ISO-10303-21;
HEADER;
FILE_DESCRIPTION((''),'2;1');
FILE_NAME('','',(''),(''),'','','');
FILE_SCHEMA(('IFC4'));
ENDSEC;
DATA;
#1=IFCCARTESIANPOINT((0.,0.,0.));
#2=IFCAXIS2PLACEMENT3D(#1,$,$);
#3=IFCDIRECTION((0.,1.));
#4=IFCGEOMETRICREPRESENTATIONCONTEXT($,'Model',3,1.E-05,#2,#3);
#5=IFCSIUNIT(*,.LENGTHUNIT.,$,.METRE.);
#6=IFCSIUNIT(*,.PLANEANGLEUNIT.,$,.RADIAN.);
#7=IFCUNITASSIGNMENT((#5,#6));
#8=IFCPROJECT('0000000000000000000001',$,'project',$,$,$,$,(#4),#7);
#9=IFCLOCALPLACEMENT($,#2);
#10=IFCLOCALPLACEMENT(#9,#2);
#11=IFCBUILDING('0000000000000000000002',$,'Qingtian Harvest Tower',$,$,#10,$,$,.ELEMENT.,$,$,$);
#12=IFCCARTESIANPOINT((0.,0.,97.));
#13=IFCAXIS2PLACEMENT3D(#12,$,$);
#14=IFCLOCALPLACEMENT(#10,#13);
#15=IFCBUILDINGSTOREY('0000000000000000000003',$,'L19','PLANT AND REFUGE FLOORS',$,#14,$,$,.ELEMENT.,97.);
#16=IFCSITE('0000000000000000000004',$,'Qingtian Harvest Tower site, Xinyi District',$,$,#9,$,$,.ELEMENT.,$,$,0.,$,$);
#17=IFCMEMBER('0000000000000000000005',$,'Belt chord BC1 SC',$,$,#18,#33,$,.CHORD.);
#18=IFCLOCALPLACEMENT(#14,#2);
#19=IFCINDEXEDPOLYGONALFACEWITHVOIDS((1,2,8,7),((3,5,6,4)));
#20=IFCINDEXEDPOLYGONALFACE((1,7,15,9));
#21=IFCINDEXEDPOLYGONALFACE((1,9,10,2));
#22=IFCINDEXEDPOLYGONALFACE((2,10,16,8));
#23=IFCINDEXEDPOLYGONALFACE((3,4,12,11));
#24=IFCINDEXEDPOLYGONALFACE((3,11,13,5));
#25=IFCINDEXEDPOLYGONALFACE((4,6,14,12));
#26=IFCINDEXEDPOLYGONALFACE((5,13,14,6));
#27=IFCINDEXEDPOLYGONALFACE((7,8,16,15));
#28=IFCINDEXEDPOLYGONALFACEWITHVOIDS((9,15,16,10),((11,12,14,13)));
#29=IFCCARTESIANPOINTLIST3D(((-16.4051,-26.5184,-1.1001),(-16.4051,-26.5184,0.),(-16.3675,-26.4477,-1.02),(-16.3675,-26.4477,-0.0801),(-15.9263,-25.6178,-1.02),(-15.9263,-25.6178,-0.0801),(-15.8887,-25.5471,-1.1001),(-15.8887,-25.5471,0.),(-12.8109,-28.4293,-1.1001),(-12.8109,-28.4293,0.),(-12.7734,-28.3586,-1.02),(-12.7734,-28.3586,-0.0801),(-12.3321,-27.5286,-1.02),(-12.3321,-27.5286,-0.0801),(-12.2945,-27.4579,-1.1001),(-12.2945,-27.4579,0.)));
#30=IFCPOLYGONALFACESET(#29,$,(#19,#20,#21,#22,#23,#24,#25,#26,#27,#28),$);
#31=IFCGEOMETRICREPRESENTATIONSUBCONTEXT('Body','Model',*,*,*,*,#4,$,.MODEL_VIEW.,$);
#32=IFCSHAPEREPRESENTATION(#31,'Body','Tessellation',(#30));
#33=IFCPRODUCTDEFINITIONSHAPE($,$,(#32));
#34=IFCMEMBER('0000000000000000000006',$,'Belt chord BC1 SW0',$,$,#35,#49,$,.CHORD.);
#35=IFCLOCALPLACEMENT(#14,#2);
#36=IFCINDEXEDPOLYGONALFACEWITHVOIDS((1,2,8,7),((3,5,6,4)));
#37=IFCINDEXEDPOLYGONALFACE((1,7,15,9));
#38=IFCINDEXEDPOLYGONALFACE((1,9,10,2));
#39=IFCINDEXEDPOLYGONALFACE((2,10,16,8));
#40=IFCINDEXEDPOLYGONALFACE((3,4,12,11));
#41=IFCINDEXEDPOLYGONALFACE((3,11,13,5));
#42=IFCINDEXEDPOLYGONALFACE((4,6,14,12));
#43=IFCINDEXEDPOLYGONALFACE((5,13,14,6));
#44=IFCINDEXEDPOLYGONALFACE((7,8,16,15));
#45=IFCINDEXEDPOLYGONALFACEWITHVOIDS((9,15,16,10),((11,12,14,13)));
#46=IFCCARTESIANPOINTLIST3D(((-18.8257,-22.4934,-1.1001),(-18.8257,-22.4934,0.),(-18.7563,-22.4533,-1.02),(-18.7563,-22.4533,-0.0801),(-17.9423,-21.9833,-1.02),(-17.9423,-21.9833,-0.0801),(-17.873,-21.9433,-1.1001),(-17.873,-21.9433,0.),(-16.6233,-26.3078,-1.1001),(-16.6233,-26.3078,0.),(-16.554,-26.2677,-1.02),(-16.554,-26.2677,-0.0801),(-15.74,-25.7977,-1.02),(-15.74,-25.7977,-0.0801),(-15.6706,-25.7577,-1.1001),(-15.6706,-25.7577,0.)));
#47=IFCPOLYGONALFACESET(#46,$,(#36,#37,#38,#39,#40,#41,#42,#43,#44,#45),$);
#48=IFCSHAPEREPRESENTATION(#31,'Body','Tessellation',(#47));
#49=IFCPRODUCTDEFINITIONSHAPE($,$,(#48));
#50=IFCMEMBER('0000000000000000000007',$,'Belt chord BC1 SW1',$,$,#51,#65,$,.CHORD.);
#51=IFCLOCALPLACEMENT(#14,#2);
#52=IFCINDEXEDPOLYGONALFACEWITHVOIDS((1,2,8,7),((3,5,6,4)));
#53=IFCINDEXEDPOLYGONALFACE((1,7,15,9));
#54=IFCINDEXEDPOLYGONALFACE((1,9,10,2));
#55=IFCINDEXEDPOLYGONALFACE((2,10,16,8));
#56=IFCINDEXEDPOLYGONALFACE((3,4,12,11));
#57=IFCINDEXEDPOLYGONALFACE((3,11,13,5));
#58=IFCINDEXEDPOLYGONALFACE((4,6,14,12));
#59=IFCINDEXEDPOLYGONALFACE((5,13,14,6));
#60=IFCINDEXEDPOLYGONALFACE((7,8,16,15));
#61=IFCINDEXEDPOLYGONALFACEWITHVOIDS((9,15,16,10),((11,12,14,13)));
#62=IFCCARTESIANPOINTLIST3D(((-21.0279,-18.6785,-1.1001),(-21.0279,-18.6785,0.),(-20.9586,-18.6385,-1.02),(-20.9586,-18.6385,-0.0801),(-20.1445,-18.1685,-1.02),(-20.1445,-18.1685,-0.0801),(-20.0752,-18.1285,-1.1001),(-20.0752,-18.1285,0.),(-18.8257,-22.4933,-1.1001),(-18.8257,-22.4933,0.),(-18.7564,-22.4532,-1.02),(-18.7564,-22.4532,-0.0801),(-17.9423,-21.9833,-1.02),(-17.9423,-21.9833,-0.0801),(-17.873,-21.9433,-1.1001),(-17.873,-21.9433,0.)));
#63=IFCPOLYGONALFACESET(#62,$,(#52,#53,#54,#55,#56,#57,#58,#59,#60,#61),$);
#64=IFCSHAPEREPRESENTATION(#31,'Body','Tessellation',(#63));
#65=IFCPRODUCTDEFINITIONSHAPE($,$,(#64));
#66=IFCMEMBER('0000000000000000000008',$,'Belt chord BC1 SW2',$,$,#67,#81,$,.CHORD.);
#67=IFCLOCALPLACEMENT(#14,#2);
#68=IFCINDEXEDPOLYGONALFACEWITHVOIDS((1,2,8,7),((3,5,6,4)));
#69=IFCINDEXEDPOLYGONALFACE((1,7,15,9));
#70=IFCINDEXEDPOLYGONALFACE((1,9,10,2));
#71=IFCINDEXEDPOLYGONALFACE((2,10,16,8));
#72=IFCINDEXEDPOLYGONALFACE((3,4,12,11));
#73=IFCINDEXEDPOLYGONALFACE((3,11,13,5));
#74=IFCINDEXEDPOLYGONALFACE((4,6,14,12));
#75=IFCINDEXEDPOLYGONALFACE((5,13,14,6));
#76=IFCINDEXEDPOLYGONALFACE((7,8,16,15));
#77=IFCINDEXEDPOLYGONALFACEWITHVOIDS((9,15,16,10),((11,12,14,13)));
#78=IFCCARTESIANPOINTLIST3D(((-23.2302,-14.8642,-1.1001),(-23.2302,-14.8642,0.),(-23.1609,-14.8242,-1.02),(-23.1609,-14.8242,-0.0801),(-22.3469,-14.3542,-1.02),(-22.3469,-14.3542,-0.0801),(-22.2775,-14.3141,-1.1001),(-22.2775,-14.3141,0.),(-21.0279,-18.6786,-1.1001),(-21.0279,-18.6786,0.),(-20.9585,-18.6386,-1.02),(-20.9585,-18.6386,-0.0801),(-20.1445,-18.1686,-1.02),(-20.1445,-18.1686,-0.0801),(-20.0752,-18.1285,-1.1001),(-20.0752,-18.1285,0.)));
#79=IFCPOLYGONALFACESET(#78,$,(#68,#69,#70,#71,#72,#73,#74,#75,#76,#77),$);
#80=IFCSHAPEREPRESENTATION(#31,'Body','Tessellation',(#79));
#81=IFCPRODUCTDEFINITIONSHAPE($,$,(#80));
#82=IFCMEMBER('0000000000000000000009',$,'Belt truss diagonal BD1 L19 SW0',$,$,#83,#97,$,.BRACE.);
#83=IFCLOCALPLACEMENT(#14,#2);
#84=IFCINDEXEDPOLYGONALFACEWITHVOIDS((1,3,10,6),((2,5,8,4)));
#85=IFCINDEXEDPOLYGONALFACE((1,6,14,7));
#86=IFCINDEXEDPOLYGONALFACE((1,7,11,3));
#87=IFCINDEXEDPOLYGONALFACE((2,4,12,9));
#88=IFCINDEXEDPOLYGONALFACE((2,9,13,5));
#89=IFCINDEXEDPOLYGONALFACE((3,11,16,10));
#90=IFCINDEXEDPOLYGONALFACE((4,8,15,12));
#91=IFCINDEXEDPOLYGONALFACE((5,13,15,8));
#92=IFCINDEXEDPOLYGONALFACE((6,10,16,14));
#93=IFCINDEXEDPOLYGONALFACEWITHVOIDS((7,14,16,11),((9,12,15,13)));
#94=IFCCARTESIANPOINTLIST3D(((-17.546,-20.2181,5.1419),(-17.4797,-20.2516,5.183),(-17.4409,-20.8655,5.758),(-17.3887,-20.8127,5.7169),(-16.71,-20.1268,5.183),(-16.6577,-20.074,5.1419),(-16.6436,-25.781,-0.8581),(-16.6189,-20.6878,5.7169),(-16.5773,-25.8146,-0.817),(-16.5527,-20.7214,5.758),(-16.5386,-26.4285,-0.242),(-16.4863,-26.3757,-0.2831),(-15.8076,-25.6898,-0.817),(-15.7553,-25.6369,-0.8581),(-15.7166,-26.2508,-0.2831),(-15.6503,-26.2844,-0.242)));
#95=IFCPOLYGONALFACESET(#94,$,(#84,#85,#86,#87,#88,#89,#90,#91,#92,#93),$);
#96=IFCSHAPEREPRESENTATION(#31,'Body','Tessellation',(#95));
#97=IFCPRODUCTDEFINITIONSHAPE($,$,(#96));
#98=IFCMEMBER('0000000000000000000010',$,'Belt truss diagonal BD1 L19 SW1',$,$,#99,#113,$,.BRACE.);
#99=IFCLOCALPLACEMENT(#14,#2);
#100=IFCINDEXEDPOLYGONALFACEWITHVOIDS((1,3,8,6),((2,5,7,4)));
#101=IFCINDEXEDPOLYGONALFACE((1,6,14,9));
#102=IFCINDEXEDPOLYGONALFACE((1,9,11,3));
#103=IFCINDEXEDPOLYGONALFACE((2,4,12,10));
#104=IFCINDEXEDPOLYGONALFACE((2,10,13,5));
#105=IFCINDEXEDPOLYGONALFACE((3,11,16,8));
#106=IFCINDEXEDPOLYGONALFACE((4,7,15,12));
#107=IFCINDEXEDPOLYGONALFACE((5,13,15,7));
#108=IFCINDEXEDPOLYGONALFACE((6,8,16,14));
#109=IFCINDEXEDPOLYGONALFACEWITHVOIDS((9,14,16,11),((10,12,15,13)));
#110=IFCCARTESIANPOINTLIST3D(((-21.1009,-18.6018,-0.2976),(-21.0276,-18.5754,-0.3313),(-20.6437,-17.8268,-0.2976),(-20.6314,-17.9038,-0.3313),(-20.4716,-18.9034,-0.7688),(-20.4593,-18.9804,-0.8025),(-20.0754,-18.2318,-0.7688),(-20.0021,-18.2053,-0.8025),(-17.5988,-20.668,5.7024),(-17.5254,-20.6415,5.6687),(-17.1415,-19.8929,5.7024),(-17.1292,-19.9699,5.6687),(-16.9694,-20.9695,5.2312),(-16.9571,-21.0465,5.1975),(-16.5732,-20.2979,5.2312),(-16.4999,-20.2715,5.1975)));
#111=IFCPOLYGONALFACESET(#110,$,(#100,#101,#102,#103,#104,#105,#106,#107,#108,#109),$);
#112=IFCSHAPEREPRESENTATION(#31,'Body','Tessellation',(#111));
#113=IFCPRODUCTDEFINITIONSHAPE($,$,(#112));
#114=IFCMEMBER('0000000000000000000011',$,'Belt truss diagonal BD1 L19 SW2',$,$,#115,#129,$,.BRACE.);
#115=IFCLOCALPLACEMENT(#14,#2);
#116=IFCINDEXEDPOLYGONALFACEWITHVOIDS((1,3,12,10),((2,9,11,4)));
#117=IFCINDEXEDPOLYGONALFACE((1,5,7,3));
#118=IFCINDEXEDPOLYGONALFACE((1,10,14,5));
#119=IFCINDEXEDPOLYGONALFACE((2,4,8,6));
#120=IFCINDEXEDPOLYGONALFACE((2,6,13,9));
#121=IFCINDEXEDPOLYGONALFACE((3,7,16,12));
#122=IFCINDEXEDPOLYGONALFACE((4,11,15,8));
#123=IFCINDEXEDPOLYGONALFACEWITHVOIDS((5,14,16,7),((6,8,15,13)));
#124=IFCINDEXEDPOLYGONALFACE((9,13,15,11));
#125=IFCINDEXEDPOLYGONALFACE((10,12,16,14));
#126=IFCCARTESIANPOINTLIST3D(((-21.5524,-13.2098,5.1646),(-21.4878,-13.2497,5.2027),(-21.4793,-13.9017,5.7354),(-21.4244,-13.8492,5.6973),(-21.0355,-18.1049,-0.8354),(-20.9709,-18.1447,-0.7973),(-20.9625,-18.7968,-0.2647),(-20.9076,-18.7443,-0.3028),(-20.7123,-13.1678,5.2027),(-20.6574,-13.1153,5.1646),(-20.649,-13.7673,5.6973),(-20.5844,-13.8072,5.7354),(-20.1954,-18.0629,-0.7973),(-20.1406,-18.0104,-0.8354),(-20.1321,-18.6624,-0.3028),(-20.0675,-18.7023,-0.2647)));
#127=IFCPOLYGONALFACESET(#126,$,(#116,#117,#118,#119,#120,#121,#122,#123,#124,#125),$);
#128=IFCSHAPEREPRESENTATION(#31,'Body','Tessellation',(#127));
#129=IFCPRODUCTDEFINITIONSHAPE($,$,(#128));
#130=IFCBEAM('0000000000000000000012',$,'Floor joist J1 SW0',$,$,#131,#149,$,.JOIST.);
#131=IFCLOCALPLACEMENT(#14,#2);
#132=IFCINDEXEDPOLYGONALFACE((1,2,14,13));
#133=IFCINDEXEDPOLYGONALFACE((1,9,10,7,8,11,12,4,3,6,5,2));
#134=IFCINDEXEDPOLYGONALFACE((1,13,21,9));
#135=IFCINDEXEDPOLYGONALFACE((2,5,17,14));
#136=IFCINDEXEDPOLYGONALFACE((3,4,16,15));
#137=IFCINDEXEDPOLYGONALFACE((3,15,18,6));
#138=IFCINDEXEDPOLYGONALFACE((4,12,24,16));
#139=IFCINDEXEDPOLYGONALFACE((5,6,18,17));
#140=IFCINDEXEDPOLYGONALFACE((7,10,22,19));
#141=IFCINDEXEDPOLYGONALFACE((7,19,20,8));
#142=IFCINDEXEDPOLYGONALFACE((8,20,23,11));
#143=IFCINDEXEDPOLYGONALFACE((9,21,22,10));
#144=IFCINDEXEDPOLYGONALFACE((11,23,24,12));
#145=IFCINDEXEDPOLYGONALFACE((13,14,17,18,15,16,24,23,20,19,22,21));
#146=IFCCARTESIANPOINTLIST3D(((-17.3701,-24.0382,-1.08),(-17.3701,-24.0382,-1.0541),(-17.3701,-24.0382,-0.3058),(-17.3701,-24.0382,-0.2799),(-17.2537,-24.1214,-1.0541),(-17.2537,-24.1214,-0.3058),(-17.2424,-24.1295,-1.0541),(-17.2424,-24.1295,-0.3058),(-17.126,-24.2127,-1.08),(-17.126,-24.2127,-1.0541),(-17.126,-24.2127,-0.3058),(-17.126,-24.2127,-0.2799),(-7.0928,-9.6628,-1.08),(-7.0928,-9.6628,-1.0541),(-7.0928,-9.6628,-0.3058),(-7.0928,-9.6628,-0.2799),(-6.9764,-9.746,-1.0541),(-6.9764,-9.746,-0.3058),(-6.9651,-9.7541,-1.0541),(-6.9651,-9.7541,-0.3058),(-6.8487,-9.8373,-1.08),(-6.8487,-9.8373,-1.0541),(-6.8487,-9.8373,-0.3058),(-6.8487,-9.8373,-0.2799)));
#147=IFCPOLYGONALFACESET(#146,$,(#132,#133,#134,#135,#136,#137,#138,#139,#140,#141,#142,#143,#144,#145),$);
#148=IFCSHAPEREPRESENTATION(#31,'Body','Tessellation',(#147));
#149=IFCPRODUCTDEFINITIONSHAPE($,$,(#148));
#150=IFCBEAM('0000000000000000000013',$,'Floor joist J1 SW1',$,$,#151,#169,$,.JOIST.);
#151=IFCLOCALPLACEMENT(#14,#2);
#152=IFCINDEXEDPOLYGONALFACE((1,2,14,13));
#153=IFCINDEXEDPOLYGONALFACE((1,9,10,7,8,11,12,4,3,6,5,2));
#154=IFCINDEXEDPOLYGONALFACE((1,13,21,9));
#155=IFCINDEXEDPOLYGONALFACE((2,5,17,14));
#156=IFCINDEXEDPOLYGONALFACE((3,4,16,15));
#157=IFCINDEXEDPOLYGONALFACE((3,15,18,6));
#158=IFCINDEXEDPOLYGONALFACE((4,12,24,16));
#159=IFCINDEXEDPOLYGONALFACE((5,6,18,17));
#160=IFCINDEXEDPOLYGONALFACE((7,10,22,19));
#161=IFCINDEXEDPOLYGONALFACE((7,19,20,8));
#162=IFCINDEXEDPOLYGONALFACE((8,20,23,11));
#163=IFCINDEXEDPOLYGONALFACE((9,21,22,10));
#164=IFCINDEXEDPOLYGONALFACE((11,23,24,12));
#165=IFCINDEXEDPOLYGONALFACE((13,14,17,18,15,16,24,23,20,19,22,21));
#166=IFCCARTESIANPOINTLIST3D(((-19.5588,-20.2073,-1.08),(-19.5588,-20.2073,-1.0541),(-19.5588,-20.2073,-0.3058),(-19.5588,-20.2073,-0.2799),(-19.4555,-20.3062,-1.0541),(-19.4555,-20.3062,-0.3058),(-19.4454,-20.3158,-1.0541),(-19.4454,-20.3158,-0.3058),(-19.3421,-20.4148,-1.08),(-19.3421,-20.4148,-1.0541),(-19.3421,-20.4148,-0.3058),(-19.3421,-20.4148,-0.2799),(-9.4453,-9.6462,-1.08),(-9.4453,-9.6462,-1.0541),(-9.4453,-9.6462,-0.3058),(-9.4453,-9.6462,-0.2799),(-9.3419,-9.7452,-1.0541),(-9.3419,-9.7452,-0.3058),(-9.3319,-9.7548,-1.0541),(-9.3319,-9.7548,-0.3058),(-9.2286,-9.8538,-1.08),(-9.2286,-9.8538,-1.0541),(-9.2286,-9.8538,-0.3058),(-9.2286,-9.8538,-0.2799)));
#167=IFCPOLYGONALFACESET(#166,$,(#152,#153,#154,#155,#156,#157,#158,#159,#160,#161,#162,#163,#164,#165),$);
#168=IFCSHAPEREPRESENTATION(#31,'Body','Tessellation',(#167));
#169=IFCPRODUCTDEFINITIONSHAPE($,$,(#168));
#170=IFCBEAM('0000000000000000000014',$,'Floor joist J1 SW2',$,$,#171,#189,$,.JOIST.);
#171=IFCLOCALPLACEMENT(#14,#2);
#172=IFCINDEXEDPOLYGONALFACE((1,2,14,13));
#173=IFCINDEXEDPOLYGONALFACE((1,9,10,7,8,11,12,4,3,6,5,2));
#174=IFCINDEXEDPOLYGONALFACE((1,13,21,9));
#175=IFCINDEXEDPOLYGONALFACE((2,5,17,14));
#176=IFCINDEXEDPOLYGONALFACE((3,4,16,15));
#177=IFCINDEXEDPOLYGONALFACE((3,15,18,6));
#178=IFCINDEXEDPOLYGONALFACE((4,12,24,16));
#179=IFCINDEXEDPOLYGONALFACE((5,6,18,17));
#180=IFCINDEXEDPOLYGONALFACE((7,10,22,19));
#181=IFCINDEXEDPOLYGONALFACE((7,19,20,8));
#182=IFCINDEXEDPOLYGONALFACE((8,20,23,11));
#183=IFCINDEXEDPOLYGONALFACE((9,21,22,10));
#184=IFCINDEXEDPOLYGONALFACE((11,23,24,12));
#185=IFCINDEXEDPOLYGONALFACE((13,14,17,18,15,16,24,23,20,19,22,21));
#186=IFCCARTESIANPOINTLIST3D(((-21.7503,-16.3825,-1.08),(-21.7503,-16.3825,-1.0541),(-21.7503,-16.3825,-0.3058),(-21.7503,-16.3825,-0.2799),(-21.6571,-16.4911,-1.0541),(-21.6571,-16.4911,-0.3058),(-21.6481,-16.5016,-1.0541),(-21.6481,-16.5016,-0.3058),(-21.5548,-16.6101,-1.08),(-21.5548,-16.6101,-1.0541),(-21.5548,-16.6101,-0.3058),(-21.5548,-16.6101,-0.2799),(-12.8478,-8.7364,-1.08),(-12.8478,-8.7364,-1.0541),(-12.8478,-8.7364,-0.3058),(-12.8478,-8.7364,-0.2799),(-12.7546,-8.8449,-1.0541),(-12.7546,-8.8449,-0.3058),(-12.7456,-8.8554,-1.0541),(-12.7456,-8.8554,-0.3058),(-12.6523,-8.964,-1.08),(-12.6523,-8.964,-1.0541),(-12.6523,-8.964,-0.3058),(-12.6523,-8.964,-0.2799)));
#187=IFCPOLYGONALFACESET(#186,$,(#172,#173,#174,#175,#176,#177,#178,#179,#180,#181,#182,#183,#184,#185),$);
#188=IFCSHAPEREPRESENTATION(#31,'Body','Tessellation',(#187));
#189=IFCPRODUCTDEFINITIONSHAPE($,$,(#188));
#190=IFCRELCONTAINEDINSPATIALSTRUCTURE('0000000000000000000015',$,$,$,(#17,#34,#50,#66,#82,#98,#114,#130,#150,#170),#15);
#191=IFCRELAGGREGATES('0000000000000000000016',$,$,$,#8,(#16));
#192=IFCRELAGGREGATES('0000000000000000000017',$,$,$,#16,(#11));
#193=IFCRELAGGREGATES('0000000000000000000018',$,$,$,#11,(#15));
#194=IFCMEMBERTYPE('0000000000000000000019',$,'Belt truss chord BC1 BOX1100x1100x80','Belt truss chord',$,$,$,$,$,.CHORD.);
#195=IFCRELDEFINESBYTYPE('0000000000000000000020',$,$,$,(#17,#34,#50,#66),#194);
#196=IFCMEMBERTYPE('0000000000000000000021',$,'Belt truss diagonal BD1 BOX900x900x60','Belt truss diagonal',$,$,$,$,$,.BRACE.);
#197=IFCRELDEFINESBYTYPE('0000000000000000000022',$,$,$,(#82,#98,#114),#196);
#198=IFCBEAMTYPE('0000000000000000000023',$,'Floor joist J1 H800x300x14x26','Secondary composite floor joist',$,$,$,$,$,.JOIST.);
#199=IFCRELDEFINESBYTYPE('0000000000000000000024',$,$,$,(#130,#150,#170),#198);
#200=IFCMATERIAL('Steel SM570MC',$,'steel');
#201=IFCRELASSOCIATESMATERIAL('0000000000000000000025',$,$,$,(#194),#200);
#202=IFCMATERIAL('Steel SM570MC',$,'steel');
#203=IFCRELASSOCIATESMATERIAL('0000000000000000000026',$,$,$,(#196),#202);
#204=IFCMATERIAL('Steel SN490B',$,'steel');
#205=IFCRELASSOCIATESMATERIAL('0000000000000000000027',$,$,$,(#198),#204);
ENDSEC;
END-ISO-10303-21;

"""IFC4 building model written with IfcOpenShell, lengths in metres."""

from ifc_helpers import new_model, si_unit, direction, frame, origin, origin_2d, place, context, subcontext, project, spatial, hollow_rectangle, i_section, extrude, material, material_profile, profile_set, type_object, element, save


model = new_model("IFC4")

# Units and contexts
model_context = context("Model", 3, precision=1e-05, world=origin(), true_north=direction((0.0, 1.0)))
body_context = subcontext(model_context, "Body", "Model", "MODEL_VIEW")
ifc_project = project(units=[si_unit("LENGTHUNIT", "METRE"), si_unit("PLANEANGLEUNIT", "RADIAN")], contexts=[model_context])

# Site, building, storey
site_placement = place(None, origin())
site = spatial("IfcSite", under=ifc_project, at=site_placement, Name="Qingtian Harvest Tower site, Xinyi District", CompositionType="ELEMENT", RefElevation=0.0)
building_placement = place(site_placement, origin())
building = spatial("IfcBuilding", under=site, at=building_placement, Name="Qingtian Harvest Tower", CompositionType="ELEMENT")
storey_placement = place(building_placement, frame((0.0, 0.0, 97.0)))
storey = spatial("IfcBuildingStorey", under=building, at=storey_placement, Name="L19", Description="PLANT AND REFUGE FLOORS", CompositionType="ELEMENT", Elevation=97.0)

# Members
ifc_material_1 = material(Name="Steel SM570MC", Category="steel")
ifc_material_profile_1 = material_profile(ifc_material_1, hollow_rectangle(XDim=1.1001, YDim=1.1001, WallThickness=0.0801, at=origin_2d()), Name="BOX1100x1100x80")
ifc_profile_set_1 = profile_set([ifc_material_profile_1], Name="Steel SM570MC")
member_type_1 = type_object("IfcMemberType", Name="Belt truss chord BC1 BOX1100x1100x80", Description="Belt truss chord", PredefinedType="CHORD", material=ifc_profile_set_1)
member_1_placement = place(storey_placement, frame((-12.5527, -27.9436, -0.55), z_axis=(-0.882968, 0.469433, 0.0), x_axis=(-0.469433, -0.882968, 0.0)))
element("IfcMember", 1, at=member_1_placement, inside=storey, type_object=member_type_1, Name="Belt chord BC1 SC", PredefinedType="CHORD", context=body_context, shape_type="SweptSolid", body=[
    extrude(hollow_rectangle(XDim=1.1001, YDim=1.1001, WallThickness=0.0801, at=origin_2d()), origin(), (0.0, 0.0, 1.0), 4.0706),
])
member_2_placement = place(storey_placement, frame((-16.147, -26.0327, -0.55), z_axis=(-0.50002, 0.866014, 0.0), x_axis=(-0.866014, -0.50002, 0.0)))
element("IfcMember", 2, at=member_2_placement, inside=storey, type_object=member_type_1, Name="Belt chord BC1 SW0", PredefinedType="CHORD", context=body_context, shape_type="SweptSolid", body=[
    extrude(hollow_rectangle(XDim=1.1001, YDim=1.1001, WallThickness=0.0801, at=origin_2d()), origin(), (0.0, 0.0, 1.0), 4.4045),
])
member_3_placement = place(storey_placement, frame((-18.3494, -22.2183, -0.55), z_axis=(-0.499954, 0.866052, 0.0), x_axis=(-0.866052, -0.499954, 0.0)))
element("IfcMember", 3, at=member_3_placement, inside=storey, type_object=member_type_1, Name="Belt chord BC1 SW1", PredefinedType="CHORD", context=body_context, shape_type="SweptSolid", body=[
    extrude(hollow_rectangle(XDim=1.1001, YDim=1.1001, WallThickness=0.0801, at=origin_2d()), origin(), (0.0, 0.0, 1.0), 4.4048),
])
member_4_placement = place(storey_placement, frame((-20.5515, -18.4036, -0.55), z_axis=(-0.50002, 0.866014, 0.0), x_axis=(-0.866014, -0.50002, 0.0)))
element("IfcMember", 4, at=member_4_placement, inside=storey, type_object=member_type_1, Name="Belt chord BC1 SW2", PredefinedType="CHORD", context=body_context, shape_type="SweptSolid", body=[
    extrude(hollow_rectangle(XDim=1.1001, YDim=1.1001, WallThickness=0.0801, at=origin_2d()), origin(), (0.0, 0.0, 1.0), 4.4045),
])
ifc_material_2 = material(Name="Steel SM570MC", Category="steel")
ifc_material_profile_2 = material_profile(ifc_material_2, hollow_rectangle(XDim=0.8999, YDim=0.8999, WallThickness=0.0601, at=origin_2d()), Name="BOX900x900x60")
ifc_profile_set_2 = profile_set([ifc_material_profile_2], Name="Steel SM570MC")
member_type_2 = type_object("IfcMemberType", Name="Belt truss diagonal BD1 BOX900x900x60", Description="Belt truss diagonal", PredefinedType="BRACE", material=ifc_profile_set_2)
member_5_placement = place(storey_placement, frame((-16.147, -26.0327, -0.55), z_axis=(-0.109618, 0.6758, 0.728889), x_axis=(-0.987099, -0.160112, 0.0)))
element("IfcMember", 5, at=member_5_placement, inside=storey, type_object=member_type_2, Name="Belt truss diagonal BD1 L19 SW0", PredefinedType="BRACE", context=body_context, shape_type="SweptSolid", body=[
    extrude(hollow_rectangle(XDim=0.8999, YDim=0.8999, WallThickness=0.0601, at=origin_2d()), origin(), (0.0, 0.0, 1.0), 8.2317),
])
member_6_placement = place(storey_placement, frame((-17.0493, -20.4697, 5.45), z_axis=(-0.483191, 0.285064, -0.827807), x_axis=(-0.508124, -0.861284, 0.0)))
element("IfcMember", 6, at=member_6_placement, inside=storey, type_object=member_type_2, Name="Belt truss diagonal BD1 L19 SW1", PredefinedType="BRACE", context=body_context, shape_type="SweptSolid", body=[
    extrude(hollow_rectangle(XDim=0.8999, YDim=0.8999, WallThickness=0.0601, at=origin_2d()), origin(), (0.0, 0.0, 1.0), 7.248),
])
member_7_placement = place(storey_placement, frame((-20.5515, -18.4036, -0.55), z_axis=(-0.066598, 0.630745, 0.773127), x_axis=(-0.994472, -0.105002, 0.0)))
element("IfcMember", 7, at=member_7_placement, inside=storey, type_object=member_type_2, Name="Belt truss diagonal BD1 L19 SW2", PredefinedType="BRACE", context=body_context, shape_type="SweptSolid", body=[
    extrude(hollow_rectangle(XDim=0.8999, YDim=0.8999, WallThickness=0.0601, at=origin_2d()), origin(), (0.0, 0.0, 1.0), 7.7607),
])

# Beams
ifc_material_3 = material(Name="Steel SN490B", Category="steel")
ifc_material_profile_3 = material_profile(ifc_material_3, i_section(OverallWidth=0.3, OverallDepth=0.8, WebThickness=0.0139, FlangeThickness=0.0259, at=origin_2d()), Name="H800x300x14x26")
ifc_profile_set_3 = profile_set([ifc_material_profile_3], Name="Steel SN490B")
beam_type_1 = type_object("IfcBeamType", Name="Floor joist J1 H800x300x14x26", Description="Secondary composite floor joist", PredefinedType="JOIST", material=ifc_profile_set_3)
beam_1_placement = place(storey_placement, frame((-17.248, -24.1255, -0.6799), z_axis=(0.581581, 0.813489, 0.0), x_axis=(-0.813489, 0.581581, 0.0)))
element("IfcBeam", 8, at=beam_1_placement, inside=storey, type_object=beam_type_1, Name="Floor joist J1 SW0", PredefinedType="JOIST", context=body_context, shape_type="SweptSolid", body=[
    extrude(i_section(OverallWidth=0.3, OverallDepth=0.8, WebThickness=0.0139, FlangeThickness=0.0259, at=origin_2d()), origin(), (0.0, 0.0, 1.0), 17.6714),
])
beam_2_placement = place(storey_placement, frame((-19.4504, -20.311, -0.6799), z_axis=(0.691639, 0.722243, 0.0), x_axis=(-0.722243, 0.691639, 0.0)))
element("IfcBeam", 9, at=beam_2_placement, inside=storey, type_object=beam_type_1, Name="Floor joist J1 SW1", PredefinedType="JOIST", context=body_context, shape_type="SweptSolid", body=[
    extrude(i_section(OverallWidth=0.3, OverallDepth=0.8, WebThickness=0.0139, FlangeThickness=0.0259, at=origin_2d()), origin(), (0.0, 0.0, 1.0), 14.6226),
])
beam_3_placement = place(storey_placement, frame((-21.6526, -16.4963, -0.6799), z_axis=(0.758606, 0.65155, 0.0), x_axis=(-0.65155, 0.758606, 0.0)))
element("IfcBeam", 10, at=beam_3_placement, inside=storey, type_object=beam_type_1, Name="Floor joist J1 SW2", PredefinedType="JOIST", context=body_context, shape_type="SweptSolid", body=[
    extrude(i_section(OverallWidth=0.3, OverallDepth=0.8, WebThickness=0.0139, FlangeThickness=0.0259, at=origin_2d()), origin(), (0.0, 0.0, 1.0), 11.7354),
])

save(model, "model.ifc")
